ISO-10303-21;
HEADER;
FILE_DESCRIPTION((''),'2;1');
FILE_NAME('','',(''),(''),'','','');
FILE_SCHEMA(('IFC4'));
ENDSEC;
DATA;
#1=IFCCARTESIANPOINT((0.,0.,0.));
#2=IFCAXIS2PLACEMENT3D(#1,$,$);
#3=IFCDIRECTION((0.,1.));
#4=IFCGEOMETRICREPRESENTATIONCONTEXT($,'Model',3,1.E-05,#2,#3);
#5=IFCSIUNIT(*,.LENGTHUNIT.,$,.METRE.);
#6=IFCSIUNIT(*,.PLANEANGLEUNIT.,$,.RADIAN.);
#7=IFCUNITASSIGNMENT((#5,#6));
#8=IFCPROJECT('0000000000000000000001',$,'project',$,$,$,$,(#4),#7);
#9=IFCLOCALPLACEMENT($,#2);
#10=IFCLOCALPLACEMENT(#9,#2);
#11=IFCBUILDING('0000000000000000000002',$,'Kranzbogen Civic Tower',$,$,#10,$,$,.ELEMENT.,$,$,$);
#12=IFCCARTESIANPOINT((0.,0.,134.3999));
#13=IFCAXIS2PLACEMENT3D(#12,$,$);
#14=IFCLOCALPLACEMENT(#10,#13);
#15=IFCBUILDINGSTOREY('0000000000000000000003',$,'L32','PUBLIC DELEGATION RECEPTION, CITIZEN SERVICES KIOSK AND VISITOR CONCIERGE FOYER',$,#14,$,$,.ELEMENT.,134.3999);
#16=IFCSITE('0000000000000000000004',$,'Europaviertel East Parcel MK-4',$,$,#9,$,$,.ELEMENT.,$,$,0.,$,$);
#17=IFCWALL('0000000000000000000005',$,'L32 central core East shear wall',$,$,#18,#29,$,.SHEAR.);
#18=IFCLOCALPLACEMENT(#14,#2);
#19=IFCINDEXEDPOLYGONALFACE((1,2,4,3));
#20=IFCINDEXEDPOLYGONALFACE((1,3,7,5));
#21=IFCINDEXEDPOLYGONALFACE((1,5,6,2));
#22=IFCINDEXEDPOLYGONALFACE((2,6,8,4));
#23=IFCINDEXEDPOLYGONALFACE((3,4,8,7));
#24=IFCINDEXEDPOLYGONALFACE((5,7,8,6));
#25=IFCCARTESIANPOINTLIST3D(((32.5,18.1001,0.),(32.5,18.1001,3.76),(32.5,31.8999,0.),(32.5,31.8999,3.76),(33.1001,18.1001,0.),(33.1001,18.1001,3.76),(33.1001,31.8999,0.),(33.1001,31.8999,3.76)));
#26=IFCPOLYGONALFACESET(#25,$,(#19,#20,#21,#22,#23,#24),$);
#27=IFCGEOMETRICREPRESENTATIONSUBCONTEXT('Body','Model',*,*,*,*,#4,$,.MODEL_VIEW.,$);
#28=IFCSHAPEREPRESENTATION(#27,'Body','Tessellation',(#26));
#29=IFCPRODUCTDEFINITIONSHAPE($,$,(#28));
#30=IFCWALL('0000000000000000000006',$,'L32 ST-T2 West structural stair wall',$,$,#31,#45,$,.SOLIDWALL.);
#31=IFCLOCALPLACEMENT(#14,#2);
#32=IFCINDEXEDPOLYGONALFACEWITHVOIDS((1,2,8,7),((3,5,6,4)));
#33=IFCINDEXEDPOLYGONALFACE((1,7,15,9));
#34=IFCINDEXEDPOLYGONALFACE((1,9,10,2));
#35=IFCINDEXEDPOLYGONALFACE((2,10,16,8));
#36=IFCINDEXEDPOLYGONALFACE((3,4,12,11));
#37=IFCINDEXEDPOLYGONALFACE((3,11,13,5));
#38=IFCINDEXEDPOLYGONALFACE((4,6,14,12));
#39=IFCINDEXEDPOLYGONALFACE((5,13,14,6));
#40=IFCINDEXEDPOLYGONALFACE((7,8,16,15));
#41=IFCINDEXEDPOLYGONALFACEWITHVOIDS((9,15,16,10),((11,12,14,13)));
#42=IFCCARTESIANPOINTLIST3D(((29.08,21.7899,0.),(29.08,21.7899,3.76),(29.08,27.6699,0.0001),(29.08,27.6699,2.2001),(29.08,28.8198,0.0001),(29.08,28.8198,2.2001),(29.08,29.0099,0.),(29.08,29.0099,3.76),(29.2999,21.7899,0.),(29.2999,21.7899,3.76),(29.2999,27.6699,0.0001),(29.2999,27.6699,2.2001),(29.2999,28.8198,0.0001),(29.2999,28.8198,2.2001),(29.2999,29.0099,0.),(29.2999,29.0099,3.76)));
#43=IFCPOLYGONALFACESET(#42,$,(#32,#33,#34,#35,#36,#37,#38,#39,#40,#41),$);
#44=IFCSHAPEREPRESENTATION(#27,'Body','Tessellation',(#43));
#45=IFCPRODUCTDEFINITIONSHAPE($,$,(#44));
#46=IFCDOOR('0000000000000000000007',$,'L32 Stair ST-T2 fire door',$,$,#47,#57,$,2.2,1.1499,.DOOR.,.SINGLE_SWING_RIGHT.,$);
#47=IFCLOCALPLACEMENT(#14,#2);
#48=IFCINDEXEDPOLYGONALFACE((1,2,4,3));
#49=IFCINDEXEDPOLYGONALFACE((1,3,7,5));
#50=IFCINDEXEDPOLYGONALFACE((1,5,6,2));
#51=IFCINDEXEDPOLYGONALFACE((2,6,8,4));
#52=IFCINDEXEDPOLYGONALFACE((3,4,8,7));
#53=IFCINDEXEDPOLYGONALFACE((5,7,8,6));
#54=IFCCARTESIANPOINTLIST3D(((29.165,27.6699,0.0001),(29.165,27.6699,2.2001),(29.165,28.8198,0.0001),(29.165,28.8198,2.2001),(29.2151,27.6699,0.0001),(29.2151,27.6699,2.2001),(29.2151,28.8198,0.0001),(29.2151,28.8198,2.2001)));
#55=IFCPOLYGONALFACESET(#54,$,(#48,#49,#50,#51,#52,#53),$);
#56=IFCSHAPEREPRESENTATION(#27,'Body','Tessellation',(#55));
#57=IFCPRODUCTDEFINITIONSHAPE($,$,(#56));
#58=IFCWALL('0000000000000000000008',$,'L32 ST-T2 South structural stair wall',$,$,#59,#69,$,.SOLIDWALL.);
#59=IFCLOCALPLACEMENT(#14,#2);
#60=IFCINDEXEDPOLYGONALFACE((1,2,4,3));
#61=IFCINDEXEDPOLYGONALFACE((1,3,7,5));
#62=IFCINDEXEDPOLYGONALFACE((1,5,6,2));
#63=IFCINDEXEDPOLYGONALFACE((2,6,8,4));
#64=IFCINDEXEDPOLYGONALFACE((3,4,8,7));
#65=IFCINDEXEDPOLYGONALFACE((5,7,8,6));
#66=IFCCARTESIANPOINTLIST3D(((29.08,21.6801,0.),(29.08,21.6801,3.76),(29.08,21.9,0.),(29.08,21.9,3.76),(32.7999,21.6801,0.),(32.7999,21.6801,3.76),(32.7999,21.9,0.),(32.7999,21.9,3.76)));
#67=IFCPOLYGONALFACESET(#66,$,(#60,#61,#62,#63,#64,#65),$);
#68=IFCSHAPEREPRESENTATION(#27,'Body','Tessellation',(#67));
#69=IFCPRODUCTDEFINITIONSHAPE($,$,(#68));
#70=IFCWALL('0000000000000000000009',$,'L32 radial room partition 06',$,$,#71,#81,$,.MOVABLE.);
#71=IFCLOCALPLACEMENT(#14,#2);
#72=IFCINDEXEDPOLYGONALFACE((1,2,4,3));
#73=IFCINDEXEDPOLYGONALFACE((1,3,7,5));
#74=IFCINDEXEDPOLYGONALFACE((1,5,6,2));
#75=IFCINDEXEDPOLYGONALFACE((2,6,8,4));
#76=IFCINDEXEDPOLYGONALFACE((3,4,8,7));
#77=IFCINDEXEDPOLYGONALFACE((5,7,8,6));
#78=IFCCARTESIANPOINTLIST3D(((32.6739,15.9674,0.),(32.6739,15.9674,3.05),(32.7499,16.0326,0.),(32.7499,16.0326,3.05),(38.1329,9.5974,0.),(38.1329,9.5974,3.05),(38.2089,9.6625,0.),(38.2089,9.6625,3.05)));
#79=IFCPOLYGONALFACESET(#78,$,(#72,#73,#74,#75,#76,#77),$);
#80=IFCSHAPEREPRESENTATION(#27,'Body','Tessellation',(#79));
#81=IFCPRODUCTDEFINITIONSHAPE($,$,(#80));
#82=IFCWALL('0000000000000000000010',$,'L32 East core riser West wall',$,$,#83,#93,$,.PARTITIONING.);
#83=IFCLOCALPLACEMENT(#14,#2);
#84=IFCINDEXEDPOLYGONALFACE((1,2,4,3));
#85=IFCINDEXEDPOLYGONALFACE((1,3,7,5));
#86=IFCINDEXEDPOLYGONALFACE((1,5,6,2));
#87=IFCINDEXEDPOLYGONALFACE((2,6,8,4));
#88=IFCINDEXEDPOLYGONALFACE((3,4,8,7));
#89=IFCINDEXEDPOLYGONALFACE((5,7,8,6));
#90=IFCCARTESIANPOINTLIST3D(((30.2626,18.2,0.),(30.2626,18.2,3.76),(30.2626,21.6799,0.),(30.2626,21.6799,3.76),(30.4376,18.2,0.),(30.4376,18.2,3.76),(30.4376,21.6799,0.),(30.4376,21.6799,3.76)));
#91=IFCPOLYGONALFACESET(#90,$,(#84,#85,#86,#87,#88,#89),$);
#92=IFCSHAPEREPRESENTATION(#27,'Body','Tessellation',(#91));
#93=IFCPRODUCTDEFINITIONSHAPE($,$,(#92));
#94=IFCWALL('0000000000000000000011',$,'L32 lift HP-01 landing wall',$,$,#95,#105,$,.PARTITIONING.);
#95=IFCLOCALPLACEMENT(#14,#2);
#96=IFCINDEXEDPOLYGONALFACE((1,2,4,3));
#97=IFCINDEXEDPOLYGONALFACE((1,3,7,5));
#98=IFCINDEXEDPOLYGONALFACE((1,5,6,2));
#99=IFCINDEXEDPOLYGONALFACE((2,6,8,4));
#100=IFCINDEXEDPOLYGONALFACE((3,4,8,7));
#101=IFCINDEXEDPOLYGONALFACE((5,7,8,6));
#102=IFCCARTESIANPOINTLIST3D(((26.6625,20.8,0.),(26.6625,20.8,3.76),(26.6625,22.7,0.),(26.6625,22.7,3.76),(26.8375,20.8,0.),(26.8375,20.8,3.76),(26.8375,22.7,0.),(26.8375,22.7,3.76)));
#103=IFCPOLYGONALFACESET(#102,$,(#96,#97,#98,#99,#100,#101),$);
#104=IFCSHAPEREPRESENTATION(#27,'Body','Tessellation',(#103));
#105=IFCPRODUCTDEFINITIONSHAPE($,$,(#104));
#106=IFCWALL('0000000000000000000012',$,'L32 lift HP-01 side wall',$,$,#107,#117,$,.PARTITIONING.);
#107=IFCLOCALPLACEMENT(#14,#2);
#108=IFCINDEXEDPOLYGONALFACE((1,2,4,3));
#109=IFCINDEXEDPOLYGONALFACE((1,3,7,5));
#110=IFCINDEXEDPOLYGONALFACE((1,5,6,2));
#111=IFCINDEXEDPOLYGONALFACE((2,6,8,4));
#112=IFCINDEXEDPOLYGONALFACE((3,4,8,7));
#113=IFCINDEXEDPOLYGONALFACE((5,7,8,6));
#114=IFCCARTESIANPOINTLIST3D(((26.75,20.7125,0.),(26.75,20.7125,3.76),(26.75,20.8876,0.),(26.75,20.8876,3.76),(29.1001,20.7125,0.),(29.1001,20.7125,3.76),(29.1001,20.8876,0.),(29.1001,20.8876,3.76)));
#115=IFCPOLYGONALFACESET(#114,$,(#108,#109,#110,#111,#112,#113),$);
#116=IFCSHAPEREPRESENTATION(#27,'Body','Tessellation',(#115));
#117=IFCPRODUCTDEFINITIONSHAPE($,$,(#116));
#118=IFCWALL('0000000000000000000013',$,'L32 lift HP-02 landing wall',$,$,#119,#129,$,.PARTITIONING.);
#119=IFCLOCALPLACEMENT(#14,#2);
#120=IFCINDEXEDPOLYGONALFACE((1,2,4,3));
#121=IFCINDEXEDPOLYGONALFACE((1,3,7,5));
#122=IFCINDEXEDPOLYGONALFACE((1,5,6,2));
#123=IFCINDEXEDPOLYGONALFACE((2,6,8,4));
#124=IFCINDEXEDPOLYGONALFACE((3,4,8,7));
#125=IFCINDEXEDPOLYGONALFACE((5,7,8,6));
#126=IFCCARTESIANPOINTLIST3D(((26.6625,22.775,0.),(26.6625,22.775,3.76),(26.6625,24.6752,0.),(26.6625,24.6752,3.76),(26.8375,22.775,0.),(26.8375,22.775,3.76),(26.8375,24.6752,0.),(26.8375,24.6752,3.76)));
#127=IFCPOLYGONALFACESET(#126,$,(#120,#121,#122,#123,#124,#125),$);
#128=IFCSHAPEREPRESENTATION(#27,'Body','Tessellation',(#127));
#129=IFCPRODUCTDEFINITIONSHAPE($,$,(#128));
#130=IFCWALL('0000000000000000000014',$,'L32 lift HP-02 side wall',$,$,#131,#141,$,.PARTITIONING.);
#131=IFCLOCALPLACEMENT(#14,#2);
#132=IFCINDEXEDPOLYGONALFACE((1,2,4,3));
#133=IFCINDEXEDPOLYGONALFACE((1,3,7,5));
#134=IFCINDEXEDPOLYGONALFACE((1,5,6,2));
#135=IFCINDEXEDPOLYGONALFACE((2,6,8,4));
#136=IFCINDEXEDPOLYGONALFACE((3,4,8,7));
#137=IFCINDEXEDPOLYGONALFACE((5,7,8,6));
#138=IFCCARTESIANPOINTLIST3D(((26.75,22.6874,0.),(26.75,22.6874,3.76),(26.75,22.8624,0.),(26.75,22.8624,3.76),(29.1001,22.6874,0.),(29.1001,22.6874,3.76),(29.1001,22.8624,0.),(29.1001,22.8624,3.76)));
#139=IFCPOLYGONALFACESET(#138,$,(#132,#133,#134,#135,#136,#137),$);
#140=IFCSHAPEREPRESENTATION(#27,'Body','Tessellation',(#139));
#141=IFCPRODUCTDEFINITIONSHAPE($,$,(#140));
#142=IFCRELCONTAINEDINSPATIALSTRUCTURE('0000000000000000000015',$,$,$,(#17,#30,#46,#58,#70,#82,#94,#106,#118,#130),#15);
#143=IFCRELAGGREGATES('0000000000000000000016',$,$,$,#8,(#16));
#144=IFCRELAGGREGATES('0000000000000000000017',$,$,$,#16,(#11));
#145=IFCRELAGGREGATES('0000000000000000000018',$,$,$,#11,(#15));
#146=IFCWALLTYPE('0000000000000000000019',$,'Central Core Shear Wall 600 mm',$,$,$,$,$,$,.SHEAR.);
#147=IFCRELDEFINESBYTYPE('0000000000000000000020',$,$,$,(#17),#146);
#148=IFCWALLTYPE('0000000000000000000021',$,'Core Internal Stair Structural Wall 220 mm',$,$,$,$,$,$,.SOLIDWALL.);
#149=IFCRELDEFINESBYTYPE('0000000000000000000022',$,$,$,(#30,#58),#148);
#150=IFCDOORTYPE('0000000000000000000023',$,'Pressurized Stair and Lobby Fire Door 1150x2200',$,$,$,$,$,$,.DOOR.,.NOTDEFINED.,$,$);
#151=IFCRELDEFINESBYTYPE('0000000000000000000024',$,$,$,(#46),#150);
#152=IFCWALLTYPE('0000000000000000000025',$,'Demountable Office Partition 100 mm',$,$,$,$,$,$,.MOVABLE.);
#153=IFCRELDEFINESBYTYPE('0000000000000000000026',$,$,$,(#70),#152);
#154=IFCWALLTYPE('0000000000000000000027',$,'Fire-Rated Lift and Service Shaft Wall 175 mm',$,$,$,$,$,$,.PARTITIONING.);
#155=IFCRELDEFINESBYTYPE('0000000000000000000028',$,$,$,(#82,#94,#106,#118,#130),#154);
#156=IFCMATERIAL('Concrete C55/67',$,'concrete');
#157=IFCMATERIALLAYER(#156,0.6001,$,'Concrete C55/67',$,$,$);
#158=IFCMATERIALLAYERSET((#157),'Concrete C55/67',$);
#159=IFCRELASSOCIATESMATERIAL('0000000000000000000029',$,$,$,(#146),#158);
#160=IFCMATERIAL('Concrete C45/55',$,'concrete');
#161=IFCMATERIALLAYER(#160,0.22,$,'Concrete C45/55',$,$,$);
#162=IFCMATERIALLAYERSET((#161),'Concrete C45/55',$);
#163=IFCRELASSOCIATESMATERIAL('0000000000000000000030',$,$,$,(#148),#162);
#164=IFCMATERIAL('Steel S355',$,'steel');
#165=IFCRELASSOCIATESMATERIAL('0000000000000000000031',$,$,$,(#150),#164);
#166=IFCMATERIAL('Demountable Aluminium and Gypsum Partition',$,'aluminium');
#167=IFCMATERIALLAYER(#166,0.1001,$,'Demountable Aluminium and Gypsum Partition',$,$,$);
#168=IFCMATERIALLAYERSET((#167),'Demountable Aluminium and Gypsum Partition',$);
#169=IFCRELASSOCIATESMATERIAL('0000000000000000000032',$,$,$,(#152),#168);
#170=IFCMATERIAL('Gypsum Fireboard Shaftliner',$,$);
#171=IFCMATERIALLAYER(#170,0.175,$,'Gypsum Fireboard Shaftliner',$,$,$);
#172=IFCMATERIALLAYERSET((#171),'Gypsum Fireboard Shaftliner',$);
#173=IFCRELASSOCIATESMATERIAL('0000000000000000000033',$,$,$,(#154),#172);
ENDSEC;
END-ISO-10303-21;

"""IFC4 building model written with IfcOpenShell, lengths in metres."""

from ifc_helpers import new_model, si_unit, direction, frame, frame_2d, origin, place, context, subcontext, project, spatial, rectangle, extrude, material, layer, layer_set, type_object, element, fill, save


model = new_model("IFC4")

# Units and contexts
model_context = context("Model", 3, precision=1e-05, world=origin(), true_north=direction((0.0, 1.0)))
body_context = subcontext(model_context, "Body", "Model", "MODEL_VIEW")
ifc_project = project(units=[si_unit("LENGTHUNIT", "METRE"), si_unit("PLANEANGLEUNIT", "RADIAN")], contexts=[model_context])

# Site, building, storey
site_placement = place(None, origin())
site = spatial("IfcSite", under=ifc_project, at=site_placement, Name="Europaviertel East Parcel MK-4", CompositionType="ELEMENT", RefElevation=0.0)
building_placement = place(site_placement, origin())
building = spatial("IfcBuilding", under=site, at=building_placement, Name="Kranzbogen Civic Tower", CompositionType="ELEMENT")
storey_placement = place(building_placement, frame((0.0, 0.0, 134.3999)))
storey = spatial("IfcBuildingStorey", under=building, at=storey_placement, Name="L32", Description="PUBLIC DELEGATION RECEPTION, CITIZEN SERVICES KIOSK AND VISITOR CONCIERGE FOYER", CompositionType="ELEMENT", Elevation=134.3999)

# Shared definitions
ifc_material_1 = material(Name="Steel S355", Category="steel")

# Wall
ifc_material_2 = material(Name="Concrete C55/67", Category="concrete")
ifc_layer_1 = layer(ifc_material_2, 0.6001, Name="Concrete C55/67")
ifc_layer_set_1 = layer_set([ifc_layer_1], Name="Concrete C55/67")
wall_type_1 = type_object("IfcWallType", Name="Central Core Shear Wall 600 mm", PredefinedType="SHEAR", material=ifc_layer_set_1)
wall_1_placement = place(storey_placement, frame((32.8, 18.1001, 0.0), z_axis=(0.0, 0.0, 1.0), x_axis=(0.0, 1.0, 0.0)))
element("IfcWall", 1, at=wall_1_placement, inside=storey, type_object=wall_type_1, Name="L32 central core East shear wall", PredefinedType="SHEAR", context=body_context, shape_type="SweptSolid", body=[
    extrude(rectangle(XDim=13.7998, YDim=0.6001, at=frame_2d((6.8999, 0.0))), origin(), (0.0, 0.0, 1.0), 3.76),
])

# Wall, opening, door
ifc_material_3 = material(Name="Concrete C45/55", Category="concrete")
ifc_layer_2 = layer(ifc_material_3, 0.22, Name="Concrete C45/55")
ifc_layer_set_2 = layer_set([ifc_layer_2], Name="Concrete C45/55")
wall_type_2 = type_object("IfcWallType", Name="Core Internal Stair Structural Wall 220 mm", PredefinedType="SOLIDWALL", material=ifc_layer_set_2)
wall_2_placement = place(storey_placement, frame((29.1899, 21.79, 0.0), z_axis=(0.0, 0.0, 1.0), x_axis=(0.0, 1.0, 0.0)))
wall_2 = element("IfcWall", 2, at=wall_2_placement, inside=storey, type_object=wall_type_2, Name="L32 ST-T2 West structural stair wall", PredefinedType="SOLIDWALL", context=body_context, shape_type="SweptSolid", body=[
    extrude(rectangle(XDim=7.22, YDim=0.22, at=frame_2d((3.6099, 0.0))), origin(), (0.0, 0.0, 1.0), 3.76),
])
opening_1_placement = place(wall_2_placement, frame((5.8799, 0.0, 0.0)))
opening_1 = element("IfcOpeningElement", 3, at=opening_1_placement, cuts=wall_2, PredefinedType="OPENING", context=body_context, shape_type="SweptSolid", body=[
    extrude(rectangle(XDim=1.1499, YDim=2.2, at=frame_2d((0.575, 1.1001))), frame((0.0, 0.1201, 0.0), z_axis=(0.0, -1.0, 0.0), x_axis=(1.0, 0.0, 0.0)), (0.0, 0.0, 1.0), 0.24),
])
door_type_1 = type_object("IfcDoorType", Name="Pressurized Stair and Lobby Fire Door 1150x2200", OperationType="NOTDEFINED", PredefinedType="DOOR", material=ifc_material_1)
door_1_placement = place(opening_1_placement, origin())
door_1 = element("IfcDoor", 4, at=door_1_placement, inside=storey, type_object=door_type_1, Name="L32 Stair ST-T2 fire door", OperationType="SINGLE_SWING_RIGHT", OverallHeight=2.2, OverallWidth=1.1499, PredefinedType="DOOR", context=body_context, shape_type="SweptSolid", body=[
    extrude(rectangle(XDim=1.1499, YDim=2.2, at=frame_2d((0.575, 1.1001))), frame((0.0, 0.0249, 0.0), z_axis=(0.0, -1.0, 0.0), x_axis=(1.0, 0.0, 0.0)), (0.0, 0.0, 1.0), 0.05),
])
fill(opening_1, door_1)

# Walls
wall_3_placement = place(storey_placement, frame((29.0801, 21.79, 0.0), z_axis=(0.0, 0.0, 1.0), x_axis=(1.0, 0.0, 0.0)))
element("IfcWall", 5, at=wall_3_placement, inside=storey, type_object=wall_type_2, Name="L32 ST-T2 South structural stair wall", PredefinedType="SOLIDWALL", context=body_context, shape_type="SweptSolid", body=[
    extrude(rectangle(XDim=3.72, YDim=0.22, at=frame_2d((1.8599, 0.0))), origin(), (0.0, 0.0, 1.0), 3.76),
])
ifc_material_4 = material(Name="Demountable Aluminium and Gypsum Partition", Category="aluminium")
ifc_layer_3 = layer(ifc_material_4, 0.1001, Name="Demountable Aluminium and Gypsum Partition")
ifc_layer_set_3 = layer_set([ifc_layer_3], Name="Demountable Aluminium and Gypsum Partition")
wall_type_3 = type_object("IfcWallType", Name="Demountable Office Partition 100 mm", PredefinedType="MOVABLE", material=ifc_layer_set_3)
wall_4_placement = place(storey_placement, frame((32.7119, 16.0, 0.0), z_axis=(0.0, 0.0, 1.0), x_axis=(0.650715, -0.759322, 0.0)))
element("IfcWall", 6, at=wall_4_placement, inside=storey, type_object=wall_type_3, Name="L32 radial room partition 06", PredefinedType="MOVABLE", context=body_context, shape_type="SweptSolid", body=[
    extrude(rectangle(XDim=8.3892, YDim=0.1001, at=frame_2d((4.1946, 0.0))), origin(), (0.0, 0.0, 1.0), 3.05),
])
ifc_material_5 = material(Name="Gypsum Fireboard Shaftliner")
ifc_layer_4 = layer(ifc_material_5, 0.175, Name="Gypsum Fireboard Shaftliner")
ifc_layer_set_4 = layer_set([ifc_layer_4], Name="Gypsum Fireboard Shaftliner")
wall_type_4 = type_object("IfcWallType", Name="Fire-Rated Lift and Service Shaft Wall 175 mm", PredefinedType="PARTITIONING", material=ifc_layer_set_4)
wall_5_placement = place(storey_placement, frame((30.3501, 18.2, 0.0), z_axis=(0.0, 0.0, 1.0), x_axis=(0.0, 1.0, 0.0)))
element("IfcWall", 7, at=wall_5_placement, inside=storey, type_object=wall_type_4, Name="L32 East core riser West wall", PredefinedType="PARTITIONING", context=body_context, shape_type="SweptSolid", body=[
    extrude(rectangle(XDim=3.48, YDim=0.175, at=frame_2d((1.74, 0.0))), origin(), (0.0, 0.0, 1.0), 3.76),
])
wall_6_placement = place(storey_placement, frame((26.75, 20.8, 0.0), z_axis=(0.0, 0.0, 1.0), x_axis=(0.0, 1.0, 0.0)))
element("IfcWall", 8, at=wall_6_placement, inside=storey, type_object=wall_type_4, Name="L32 lift HP-01 landing wall", PredefinedType="PARTITIONING", context=body_context, shape_type="SweptSolid", body=[
    extrude(rectangle(XDim=1.8999, YDim=0.175, at=frame_2d((0.95, 0.0))), origin(), (0.0, 0.0, 1.0), 3.76),
])
wall_7_placement = place(storey_placement, frame((26.75, 20.8, 0.0), z_axis=(0.0, 0.0, 1.0), x_axis=(1.0, 0.0, 0.0)))
element("IfcWall", 9, at=wall_7_placement, inside=storey, type_object=wall_type_4, Name="L32 lift HP-01 side wall", PredefinedType="PARTITIONING", context=body_context, shape_type="SweptSolid", body=[
    extrude(rectangle(XDim=2.3501, YDim=0.175, at=frame_2d((1.175, 0.0))), origin(), (0.0, 0.0, 1.0), 3.76),
])
wall_8_placement = place(storey_placement, frame((26.75, 22.7749, 0.0), z_axis=(0.0, 0.0, 1.0), x_axis=(0.0, 1.0, 0.0)))
element("IfcWall", 10, at=wall_8_placement, inside=storey, type_object=wall_type_4, Name="L32 lift HP-02 landing wall", PredefinedType="PARTITIONING", context=body_context, shape_type="SweptSolid", body=[
    extrude(rectangle(XDim=1.9001, YDim=0.175, at=frame_2d((0.9502, 0.0))), origin(), (0.0, 0.0, 1.0), 3.76),
])
wall_9_placement = place(storey_placement, frame((26.75, 22.7749, 0.0), z_axis=(0.0, 0.0, 1.0), x_axis=(1.0, 0.0, 0.0)))
element("IfcWall", 11, at=wall_9_placement, inside=storey, type_object=wall_type_4, Name="L32 lift HP-02 side wall", PredefinedType="PARTITIONING", context=body_context, shape_type="SweptSolid", body=[
    extrude(rectangle(XDim=2.3501, YDim=0.175, at=frame_2d((1.175, 0.0))), origin(), (0.0, 0.0, 1.0), 3.76),
])

save(model, "model.ifc")
